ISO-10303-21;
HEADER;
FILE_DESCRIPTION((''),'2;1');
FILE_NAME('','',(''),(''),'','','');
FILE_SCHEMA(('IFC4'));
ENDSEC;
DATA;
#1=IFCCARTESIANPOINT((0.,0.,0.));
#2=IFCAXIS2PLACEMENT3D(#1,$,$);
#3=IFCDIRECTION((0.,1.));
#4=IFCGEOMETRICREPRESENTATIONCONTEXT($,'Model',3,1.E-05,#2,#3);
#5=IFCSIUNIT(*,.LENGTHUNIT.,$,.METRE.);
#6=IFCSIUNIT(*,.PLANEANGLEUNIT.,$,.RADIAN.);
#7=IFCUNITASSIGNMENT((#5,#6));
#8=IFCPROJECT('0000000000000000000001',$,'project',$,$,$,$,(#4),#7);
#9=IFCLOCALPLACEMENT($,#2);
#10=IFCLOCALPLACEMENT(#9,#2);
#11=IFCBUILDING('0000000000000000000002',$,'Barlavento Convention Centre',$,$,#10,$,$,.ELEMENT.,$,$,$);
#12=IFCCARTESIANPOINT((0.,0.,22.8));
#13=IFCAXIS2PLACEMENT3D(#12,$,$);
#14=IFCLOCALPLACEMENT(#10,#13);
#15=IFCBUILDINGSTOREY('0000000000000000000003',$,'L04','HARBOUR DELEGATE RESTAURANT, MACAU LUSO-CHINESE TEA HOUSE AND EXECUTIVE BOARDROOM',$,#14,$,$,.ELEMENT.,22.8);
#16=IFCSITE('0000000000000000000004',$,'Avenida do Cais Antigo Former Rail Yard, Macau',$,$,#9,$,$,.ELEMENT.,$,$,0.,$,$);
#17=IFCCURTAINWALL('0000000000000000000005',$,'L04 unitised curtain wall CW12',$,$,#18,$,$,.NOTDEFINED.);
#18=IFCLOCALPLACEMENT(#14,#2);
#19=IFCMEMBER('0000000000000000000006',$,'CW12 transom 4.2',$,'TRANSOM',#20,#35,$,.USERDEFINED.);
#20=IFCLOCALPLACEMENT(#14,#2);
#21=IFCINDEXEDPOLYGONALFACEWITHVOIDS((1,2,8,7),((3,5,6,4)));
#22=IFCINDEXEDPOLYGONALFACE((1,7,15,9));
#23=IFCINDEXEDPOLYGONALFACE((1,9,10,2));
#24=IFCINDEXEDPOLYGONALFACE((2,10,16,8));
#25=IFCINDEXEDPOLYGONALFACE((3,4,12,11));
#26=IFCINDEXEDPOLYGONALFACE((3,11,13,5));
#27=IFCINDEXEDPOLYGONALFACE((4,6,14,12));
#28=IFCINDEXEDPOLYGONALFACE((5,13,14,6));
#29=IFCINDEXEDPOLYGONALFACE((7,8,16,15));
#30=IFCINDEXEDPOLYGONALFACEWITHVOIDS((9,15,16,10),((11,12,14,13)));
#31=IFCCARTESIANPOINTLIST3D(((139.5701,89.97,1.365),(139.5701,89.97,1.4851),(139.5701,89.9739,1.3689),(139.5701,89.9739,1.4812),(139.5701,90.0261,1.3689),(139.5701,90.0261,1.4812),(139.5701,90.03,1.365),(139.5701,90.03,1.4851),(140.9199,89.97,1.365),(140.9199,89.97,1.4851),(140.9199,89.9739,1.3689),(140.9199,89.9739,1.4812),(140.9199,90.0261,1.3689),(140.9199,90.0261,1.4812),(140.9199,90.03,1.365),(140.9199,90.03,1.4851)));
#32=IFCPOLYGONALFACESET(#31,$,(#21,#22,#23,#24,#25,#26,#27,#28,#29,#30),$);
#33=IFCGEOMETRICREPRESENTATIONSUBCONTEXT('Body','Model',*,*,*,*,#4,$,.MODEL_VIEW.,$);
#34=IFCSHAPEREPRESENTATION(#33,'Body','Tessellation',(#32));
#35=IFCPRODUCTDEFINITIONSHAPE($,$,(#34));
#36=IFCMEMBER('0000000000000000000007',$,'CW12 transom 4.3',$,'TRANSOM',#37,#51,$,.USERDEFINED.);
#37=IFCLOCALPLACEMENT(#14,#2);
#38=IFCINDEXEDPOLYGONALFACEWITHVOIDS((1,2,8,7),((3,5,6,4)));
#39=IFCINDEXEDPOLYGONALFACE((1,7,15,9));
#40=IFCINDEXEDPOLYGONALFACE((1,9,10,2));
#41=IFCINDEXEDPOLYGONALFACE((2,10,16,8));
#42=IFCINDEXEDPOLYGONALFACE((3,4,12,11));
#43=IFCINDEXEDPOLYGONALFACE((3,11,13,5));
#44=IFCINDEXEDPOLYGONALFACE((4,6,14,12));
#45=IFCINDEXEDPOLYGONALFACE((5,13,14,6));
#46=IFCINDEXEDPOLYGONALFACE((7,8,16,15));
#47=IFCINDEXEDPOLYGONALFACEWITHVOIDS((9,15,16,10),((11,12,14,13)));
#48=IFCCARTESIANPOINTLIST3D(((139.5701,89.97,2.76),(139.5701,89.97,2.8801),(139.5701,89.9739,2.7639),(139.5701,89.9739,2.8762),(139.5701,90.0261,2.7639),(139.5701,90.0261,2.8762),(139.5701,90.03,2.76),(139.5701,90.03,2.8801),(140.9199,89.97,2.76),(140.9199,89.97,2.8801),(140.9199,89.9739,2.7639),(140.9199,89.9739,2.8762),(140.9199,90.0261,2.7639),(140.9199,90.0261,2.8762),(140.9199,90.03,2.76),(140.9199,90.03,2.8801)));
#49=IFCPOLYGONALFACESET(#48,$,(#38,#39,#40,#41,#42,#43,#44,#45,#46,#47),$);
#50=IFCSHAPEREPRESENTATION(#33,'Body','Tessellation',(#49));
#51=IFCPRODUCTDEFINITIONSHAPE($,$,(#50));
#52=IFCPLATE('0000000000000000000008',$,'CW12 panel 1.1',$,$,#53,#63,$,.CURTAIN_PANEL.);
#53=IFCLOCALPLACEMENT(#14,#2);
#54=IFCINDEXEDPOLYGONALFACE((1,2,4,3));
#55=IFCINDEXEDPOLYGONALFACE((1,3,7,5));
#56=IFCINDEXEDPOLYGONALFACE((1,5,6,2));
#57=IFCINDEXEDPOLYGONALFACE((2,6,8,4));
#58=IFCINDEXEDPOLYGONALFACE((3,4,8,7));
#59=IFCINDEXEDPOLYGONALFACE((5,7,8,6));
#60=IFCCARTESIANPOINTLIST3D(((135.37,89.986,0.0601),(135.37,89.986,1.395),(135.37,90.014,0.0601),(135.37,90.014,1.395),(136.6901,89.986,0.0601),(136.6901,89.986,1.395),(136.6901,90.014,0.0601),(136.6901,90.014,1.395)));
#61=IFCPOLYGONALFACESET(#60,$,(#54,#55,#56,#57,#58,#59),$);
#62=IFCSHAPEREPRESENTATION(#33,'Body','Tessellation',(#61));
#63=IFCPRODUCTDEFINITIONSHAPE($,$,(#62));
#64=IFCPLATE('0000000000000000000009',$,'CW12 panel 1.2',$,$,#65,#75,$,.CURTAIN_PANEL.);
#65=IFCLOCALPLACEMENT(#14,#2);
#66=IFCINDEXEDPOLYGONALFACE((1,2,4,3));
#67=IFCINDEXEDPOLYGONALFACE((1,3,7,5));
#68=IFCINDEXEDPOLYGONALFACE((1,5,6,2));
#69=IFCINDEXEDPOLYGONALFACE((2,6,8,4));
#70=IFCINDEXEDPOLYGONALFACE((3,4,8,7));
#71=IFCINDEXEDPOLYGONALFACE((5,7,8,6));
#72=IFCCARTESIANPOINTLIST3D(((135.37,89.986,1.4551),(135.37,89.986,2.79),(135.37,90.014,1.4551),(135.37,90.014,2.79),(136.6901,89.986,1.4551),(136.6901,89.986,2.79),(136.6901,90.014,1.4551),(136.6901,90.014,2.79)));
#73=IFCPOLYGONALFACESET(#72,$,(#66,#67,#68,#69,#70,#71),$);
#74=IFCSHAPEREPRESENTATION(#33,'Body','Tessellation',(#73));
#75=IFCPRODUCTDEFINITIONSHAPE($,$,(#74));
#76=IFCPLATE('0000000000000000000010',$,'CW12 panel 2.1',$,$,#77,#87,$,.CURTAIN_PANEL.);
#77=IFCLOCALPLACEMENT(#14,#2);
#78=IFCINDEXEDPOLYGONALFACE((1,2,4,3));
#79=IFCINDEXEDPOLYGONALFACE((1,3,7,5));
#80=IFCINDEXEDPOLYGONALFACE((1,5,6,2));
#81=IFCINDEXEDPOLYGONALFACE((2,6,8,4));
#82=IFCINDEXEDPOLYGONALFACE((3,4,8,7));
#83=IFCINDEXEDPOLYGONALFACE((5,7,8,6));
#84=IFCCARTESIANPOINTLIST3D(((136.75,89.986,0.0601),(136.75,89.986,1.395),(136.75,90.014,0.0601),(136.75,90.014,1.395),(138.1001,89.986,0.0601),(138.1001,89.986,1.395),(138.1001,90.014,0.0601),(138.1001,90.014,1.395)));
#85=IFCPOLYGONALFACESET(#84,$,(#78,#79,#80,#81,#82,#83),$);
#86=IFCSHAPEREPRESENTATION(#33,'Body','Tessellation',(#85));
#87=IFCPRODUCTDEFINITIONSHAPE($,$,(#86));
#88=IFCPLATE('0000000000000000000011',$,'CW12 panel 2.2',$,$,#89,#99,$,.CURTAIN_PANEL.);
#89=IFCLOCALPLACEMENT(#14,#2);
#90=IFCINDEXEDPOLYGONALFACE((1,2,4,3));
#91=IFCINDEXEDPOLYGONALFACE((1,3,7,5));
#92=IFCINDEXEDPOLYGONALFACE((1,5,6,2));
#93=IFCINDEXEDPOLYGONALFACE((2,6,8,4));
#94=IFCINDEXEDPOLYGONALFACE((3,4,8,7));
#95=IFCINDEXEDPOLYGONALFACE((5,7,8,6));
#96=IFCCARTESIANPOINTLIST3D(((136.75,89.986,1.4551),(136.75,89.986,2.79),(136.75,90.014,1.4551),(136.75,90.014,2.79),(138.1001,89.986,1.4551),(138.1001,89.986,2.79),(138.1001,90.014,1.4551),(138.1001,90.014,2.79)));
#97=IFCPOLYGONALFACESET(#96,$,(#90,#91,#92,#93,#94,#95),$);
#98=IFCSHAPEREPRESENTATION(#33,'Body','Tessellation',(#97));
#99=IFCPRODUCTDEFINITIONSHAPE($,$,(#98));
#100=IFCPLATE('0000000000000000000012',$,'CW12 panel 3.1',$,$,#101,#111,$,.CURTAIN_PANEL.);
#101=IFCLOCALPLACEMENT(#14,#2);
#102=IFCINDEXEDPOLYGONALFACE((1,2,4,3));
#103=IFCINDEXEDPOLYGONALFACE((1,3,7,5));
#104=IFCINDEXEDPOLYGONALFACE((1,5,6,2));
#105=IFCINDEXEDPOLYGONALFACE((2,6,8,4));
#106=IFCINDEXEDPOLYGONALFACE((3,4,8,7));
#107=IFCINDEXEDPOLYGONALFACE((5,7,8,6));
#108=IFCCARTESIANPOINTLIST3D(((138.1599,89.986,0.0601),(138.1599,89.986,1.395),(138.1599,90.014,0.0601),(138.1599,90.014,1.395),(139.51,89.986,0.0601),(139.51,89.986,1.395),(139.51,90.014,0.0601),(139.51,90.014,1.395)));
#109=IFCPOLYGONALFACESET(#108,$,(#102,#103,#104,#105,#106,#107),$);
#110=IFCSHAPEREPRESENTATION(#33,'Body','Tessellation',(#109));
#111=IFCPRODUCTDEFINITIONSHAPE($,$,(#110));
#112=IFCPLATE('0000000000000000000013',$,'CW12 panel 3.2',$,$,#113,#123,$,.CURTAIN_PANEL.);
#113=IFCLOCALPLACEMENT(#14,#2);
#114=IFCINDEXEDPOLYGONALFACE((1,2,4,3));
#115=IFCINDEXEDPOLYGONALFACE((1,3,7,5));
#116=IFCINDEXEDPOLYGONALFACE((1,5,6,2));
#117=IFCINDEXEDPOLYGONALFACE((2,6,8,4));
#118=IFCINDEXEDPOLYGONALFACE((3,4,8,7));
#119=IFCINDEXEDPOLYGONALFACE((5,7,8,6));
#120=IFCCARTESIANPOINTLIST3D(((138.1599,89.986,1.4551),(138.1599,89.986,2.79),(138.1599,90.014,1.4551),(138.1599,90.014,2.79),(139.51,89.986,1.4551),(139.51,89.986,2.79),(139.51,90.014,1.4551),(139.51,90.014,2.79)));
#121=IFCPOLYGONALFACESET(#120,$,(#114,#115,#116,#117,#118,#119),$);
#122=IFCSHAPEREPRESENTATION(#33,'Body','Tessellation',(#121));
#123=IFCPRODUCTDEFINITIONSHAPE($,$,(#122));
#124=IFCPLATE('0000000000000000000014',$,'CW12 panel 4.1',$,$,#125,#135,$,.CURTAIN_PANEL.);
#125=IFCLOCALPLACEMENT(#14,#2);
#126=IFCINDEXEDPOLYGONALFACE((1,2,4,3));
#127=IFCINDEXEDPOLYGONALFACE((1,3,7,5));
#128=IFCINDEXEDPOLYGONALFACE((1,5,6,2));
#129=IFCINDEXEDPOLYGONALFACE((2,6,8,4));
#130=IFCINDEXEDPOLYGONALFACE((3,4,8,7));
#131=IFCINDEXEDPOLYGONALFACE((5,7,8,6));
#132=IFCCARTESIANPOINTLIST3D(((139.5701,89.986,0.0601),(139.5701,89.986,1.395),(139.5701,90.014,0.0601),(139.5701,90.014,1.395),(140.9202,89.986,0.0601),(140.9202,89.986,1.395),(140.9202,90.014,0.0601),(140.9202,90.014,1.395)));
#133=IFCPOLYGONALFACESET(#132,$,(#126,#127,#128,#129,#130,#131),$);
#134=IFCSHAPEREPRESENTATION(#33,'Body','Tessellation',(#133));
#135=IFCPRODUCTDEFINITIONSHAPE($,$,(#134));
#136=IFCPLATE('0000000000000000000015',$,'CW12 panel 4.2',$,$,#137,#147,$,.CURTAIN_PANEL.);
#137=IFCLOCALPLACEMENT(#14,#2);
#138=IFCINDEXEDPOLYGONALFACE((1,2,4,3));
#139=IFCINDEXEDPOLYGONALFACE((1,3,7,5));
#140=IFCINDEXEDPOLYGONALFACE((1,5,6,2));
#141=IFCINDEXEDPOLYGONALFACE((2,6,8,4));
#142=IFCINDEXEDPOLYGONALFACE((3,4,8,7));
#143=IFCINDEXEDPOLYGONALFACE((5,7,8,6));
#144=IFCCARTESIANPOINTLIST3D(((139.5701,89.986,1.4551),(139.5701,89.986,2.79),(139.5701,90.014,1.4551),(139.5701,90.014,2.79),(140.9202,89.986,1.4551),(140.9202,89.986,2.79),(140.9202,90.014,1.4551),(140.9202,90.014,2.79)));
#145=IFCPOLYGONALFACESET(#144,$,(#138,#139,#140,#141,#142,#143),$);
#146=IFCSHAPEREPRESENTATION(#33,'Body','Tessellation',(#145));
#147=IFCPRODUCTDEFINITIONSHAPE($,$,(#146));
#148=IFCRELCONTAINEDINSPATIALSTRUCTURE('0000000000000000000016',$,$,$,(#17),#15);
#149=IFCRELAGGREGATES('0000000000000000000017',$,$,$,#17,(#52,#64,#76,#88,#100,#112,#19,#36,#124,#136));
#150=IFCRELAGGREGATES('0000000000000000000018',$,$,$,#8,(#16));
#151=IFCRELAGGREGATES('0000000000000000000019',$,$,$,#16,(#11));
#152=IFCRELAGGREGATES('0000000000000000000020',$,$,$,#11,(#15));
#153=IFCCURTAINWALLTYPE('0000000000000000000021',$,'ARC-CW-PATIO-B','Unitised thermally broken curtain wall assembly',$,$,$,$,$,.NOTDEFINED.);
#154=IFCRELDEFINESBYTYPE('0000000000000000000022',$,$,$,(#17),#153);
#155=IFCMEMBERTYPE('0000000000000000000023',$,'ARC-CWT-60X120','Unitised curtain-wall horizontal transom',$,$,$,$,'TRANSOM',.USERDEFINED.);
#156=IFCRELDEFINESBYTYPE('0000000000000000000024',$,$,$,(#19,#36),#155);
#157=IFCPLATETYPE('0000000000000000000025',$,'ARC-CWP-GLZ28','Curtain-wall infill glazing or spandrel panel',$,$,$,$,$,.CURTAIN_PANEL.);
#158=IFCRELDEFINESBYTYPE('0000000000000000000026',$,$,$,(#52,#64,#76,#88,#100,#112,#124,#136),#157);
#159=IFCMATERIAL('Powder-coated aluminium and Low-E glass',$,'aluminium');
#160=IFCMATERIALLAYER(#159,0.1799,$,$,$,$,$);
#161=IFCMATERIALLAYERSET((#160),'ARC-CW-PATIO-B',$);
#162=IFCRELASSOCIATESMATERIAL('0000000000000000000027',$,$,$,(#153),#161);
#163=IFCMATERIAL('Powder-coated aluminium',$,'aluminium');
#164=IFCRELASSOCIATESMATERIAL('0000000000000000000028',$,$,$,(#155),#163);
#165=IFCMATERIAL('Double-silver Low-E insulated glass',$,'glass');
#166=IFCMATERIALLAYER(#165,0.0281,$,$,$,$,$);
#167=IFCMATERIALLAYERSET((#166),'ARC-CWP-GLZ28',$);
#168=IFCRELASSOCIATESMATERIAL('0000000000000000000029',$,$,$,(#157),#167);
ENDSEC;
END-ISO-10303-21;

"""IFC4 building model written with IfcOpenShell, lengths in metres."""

from ifc_helpers import new_model, si_unit, direction, frame, origin, origin_2d, place, context, subcontext, project, spatial, rectangle, hollow_rectangle, extrude, material, layer, layer_set, material_profile, profile_set, type_object, element, aggregate, save


model = new_model("IFC4")

# Units and contexts
model_context = context("Model", 3, precision=1e-05, world=origin(), true_north=direction((0.0, 1.0)))
body_context = subcontext(model_context, "Body", "Model", "MODEL_VIEW")
ifc_project = project(units=[si_unit("LENGTHUNIT", "METRE"), si_unit("PLANEANGLEUNIT", "RADIAN")], contexts=[model_context])

# Site, building, storey
site_placement = place(None, origin())
site = spatial("IfcSite", under=ifc_project, at=site_placement, Name="Avenida do Cais Antigo Former Rail Yard, Macau", CompositionType="ELEMENT", RefElevation=0.0)
building_placement = place(site_placement, origin())
building = spatial("IfcBuilding", under=site, at=building_placement, Name="Barlavento Convention Centre", CompositionType="ELEMENT")
storey_placement = place(building_placement, frame((0.0, 0.0, 22.8)))
storey = spatial("IfcBuildingStorey", under=building, at=storey_placement, Name="L04", Description="HARBOUR DELEGATE RESTAURANT, MACAU LUSO-CHINESE TEA HOUSE AND EXECUTIVE BOARDROOM", CompositionType="ELEMENT", Elevation=22.8)

# Curtain wall, members, plates
ifc_material_1 = material(Name="Powder-coated aluminium and Low-E glass", Category="aluminium")
ifc_layer_1 = layer(ifc_material_1, 0.1799)
ifc_layer_set_1 = layer_set([ifc_layer_1], Name="ARC-CW-PATIO-B")
curtain_wall_type = type_object("IfcCurtainWallType", Name="ARC-CW-PATIO-B", Description="Unitised thermally broken curtain wall assembly", PredefinedType="NOTDEFINED", material=ifc_layer_set_1)
curtain_wall_placement = place(storey_placement, origin())
curtain_wall = element("IfcCurtainWall", 1, at=curtain_wall_placement, inside=storey, type_object=curtain_wall_type, Name="L04 unitised curtain wall CW12", PredefinedType="NOTDEFINED")
ifc_material_2 = material(Name="Powder-coated aluminium", Category="aluminium")
ifc_material_profile_1 = material_profile(ifc_material_2, hollow_rectangle(XDim=0.0601, YDim=0.1201, WallThickness=0.0039, at=origin_2d()), Name="AL-TRAN 60x120x4")
ifc_profile_set_1 = profile_set([ifc_material_profile_1], Name="Powder-coated aluminium")
member_type_1 = type_object("IfcMemberType", Name="ARC-CWT-60X120", Description="Unitised curtain-wall horizontal transom", ElementType="TRANSOM", PredefinedType="USERDEFINED", material=ifc_profile_set_1)
member_1_placement = place(storey_placement, frame((139.5701, 90.0, 1.425), z_axis=(1.0, 0.0, 0.0), x_axis=(0.0, 1.0, 0.0)))
member_1 = element("IfcMember", 2, at=member_1_placement, type_object=member_type_1, Name="CW12 transom 4.2", ObjectType="TRANSOM", PredefinedType="USERDEFINED", context=body_context, shape_type="SweptSolid", body=[
    extrude(hollow_rectangle(XDim=0.0601, YDim=0.1201, WallThickness=0.0039, at=origin_2d()), origin(), (0.0, 0.0, 1.0), 1.3499),
])
member_2_placement = place(storey_placement, frame((139.5701, 90.0, 2.8201), z_axis=(1.0, 0.0, 0.0), x_axis=(0.0, 1.0, 0.0)))
member_2 = element("IfcMember", 3, at=member_2_placement, type_object=member_type_1, Name="CW12 transom 4.3", ObjectType="TRANSOM", PredefinedType="USERDEFINED", context=body_context, shape_type="SweptSolid", body=[
    extrude(hollow_rectangle(XDim=0.0601, YDim=0.1201, WallThickness=0.0039, at=origin_2d()), origin(), (0.0, 0.0, 1.0), 1.3499),
])
ifc_material_3 = material(Name="Double-silver Low-E insulated glass", Category="glass")
ifc_layer_2 = layer(ifc_material_3, 0.0281)
ifc_layer_set_2 = layer_set([ifc_layer_2], Name="ARC-CWP-GLZ28")
plate_type = type_object("IfcPlateType", Name="ARC-CWP-GLZ28", Description="Curtain-wall infill glazing or spandrel panel", PredefinedType="CURTAIN_PANEL", material=ifc_layer_set_2)
plate_1_placement = place(storey_placement, frame((136.03, 90.0, 0.0601), z_axis=(0.0, 0.0, 1.0), x_axis=(1.0, 0.0, 0.0)))
plate_1 = element("IfcPlate", 4, at=plate_1_placement, type_object=plate_type, Name="CW12 panel 1.1", PredefinedType="CURTAIN_PANEL", context=body_context, shape_type="SweptSolid", body=[
    extrude(rectangle(XDim=1.3201, YDim=0.0281, at=origin_2d()), origin(), (0.0, 0.0, 1.0), 1.335),
])
plate_2_placement = place(storey_placement, frame((136.03, 90.0, 1.4551), z_axis=(0.0, 0.0, 1.0), x_axis=(1.0, 0.0, 0.0)))
plate_2 = element("IfcPlate", 5, at=plate_2_placement, type_object=plate_type, Name="CW12 panel 1.2", PredefinedType="CURTAIN_PANEL", context=body_context, shape_type="SweptSolid", body=[
    extrude(rectangle(XDim=1.3201, YDim=0.0281, at=origin_2d()), origin(), (0.0, 0.0, 1.0), 1.335),
])
plate_3_placement = place(storey_placement, frame((137.425, 90.0, 0.0601), z_axis=(0.0, 0.0, 1.0), x_axis=(1.0, 0.0, 0.0)))
plate_3 = element("IfcPlate", 6, at=plate_3_placement, type_object=plate_type, Name="CW12 panel 2.1", PredefinedType="CURTAIN_PANEL", context=body_context, shape_type="SweptSolid", body=[
    extrude(rectangle(XDim=1.3501, YDim=0.0281, at=origin_2d()), origin(), (0.0, 0.0, 1.0), 1.335),
])
plate_4_placement = place(storey_placement, frame((137.425, 90.0, 1.4551), z_axis=(0.0, 0.0, 1.0), x_axis=(1.0, 0.0, 0.0)))
plate_4 = element("IfcPlate", 7, at=plate_4_placement, type_object=plate_type, Name="CW12 panel 2.2", PredefinedType="CURTAIN_PANEL", context=body_context, shape_type="SweptSolid", body=[
    extrude(rectangle(XDim=1.3501, YDim=0.0281, at=origin_2d()), origin(), (0.0, 0.0, 1.0), 1.335),
])
plate_5_placement = place(storey_placement, frame((138.835, 90.0, 0.0601), z_axis=(0.0, 0.0, 1.0), x_axis=(1.0, 0.0, 0.0)))
plate_5 = element("IfcPlate", 8, at=plate_5_placement, type_object=plate_type, Name="CW12 panel 3.1", PredefinedType="CURTAIN_PANEL", context=body_context, shape_type="SweptSolid", body=[
    extrude(rectangle(XDim=1.3501, YDim=0.0281, at=origin_2d()), origin(), (0.0, 0.0, 1.0), 1.335),
])
plate_6_placement = place(storey_placement, frame((138.835, 90.0, 1.4551), z_axis=(0.0, 0.0, 1.0), x_axis=(1.0, 0.0, 0.0)))
plate_6 = element("IfcPlate", 9, at=plate_6_placement, type_object=plate_type, Name="CW12 panel 3.2", PredefinedType="CURTAIN_PANEL", context=body_context, shape_type="SweptSolid", body=[
    extrude(rectangle(XDim=1.3501, YDim=0.0281, at=origin_2d()), origin(), (0.0, 0.0, 1.0), 1.335),
])
plate_7_placement = place(storey_placement, frame((140.2451, 90.0, 0.0601), z_axis=(0.0, 0.0, 1.0), x_axis=(1.0, 0.0, 0.0)))
plate_7 = element("IfcPlate", 10, at=plate_7_placement, type_object=plate_type, Name="CW12 panel 4.1", PredefinedType="CURTAIN_PANEL", context=body_context, shape_type="SweptSolid", body=[
    extrude(rectangle(XDim=1.3501, YDim=0.0281, at=origin_2d()), origin(), (0.0, 0.0, 1.0), 1.335),
])
plate_8_placement = place(storey_placement, frame((140.2451, 90.0, 1.4551), z_axis=(0.0, 0.0, 1.0), x_axis=(1.0, 0.0, 0.0)))
plate_8 = element("IfcPlate", 11, at=plate_8_placement, type_object=plate_type, Name="CW12 panel 4.2", PredefinedType="CURTAIN_PANEL", context=body_context, shape_type="SweptSolid", body=[
    extrude(rectangle(XDim=1.3501, YDim=0.0281, at=origin_2d()), origin(), (0.0, 0.0, 1.0), 1.335),
])
aggregate(curtain_wall, [plate_1, plate_2, plate_3, plate_4, plate_5, plate_6, member_1, member_2, plate_7, plate_8])

save(model, "model.ifc")
